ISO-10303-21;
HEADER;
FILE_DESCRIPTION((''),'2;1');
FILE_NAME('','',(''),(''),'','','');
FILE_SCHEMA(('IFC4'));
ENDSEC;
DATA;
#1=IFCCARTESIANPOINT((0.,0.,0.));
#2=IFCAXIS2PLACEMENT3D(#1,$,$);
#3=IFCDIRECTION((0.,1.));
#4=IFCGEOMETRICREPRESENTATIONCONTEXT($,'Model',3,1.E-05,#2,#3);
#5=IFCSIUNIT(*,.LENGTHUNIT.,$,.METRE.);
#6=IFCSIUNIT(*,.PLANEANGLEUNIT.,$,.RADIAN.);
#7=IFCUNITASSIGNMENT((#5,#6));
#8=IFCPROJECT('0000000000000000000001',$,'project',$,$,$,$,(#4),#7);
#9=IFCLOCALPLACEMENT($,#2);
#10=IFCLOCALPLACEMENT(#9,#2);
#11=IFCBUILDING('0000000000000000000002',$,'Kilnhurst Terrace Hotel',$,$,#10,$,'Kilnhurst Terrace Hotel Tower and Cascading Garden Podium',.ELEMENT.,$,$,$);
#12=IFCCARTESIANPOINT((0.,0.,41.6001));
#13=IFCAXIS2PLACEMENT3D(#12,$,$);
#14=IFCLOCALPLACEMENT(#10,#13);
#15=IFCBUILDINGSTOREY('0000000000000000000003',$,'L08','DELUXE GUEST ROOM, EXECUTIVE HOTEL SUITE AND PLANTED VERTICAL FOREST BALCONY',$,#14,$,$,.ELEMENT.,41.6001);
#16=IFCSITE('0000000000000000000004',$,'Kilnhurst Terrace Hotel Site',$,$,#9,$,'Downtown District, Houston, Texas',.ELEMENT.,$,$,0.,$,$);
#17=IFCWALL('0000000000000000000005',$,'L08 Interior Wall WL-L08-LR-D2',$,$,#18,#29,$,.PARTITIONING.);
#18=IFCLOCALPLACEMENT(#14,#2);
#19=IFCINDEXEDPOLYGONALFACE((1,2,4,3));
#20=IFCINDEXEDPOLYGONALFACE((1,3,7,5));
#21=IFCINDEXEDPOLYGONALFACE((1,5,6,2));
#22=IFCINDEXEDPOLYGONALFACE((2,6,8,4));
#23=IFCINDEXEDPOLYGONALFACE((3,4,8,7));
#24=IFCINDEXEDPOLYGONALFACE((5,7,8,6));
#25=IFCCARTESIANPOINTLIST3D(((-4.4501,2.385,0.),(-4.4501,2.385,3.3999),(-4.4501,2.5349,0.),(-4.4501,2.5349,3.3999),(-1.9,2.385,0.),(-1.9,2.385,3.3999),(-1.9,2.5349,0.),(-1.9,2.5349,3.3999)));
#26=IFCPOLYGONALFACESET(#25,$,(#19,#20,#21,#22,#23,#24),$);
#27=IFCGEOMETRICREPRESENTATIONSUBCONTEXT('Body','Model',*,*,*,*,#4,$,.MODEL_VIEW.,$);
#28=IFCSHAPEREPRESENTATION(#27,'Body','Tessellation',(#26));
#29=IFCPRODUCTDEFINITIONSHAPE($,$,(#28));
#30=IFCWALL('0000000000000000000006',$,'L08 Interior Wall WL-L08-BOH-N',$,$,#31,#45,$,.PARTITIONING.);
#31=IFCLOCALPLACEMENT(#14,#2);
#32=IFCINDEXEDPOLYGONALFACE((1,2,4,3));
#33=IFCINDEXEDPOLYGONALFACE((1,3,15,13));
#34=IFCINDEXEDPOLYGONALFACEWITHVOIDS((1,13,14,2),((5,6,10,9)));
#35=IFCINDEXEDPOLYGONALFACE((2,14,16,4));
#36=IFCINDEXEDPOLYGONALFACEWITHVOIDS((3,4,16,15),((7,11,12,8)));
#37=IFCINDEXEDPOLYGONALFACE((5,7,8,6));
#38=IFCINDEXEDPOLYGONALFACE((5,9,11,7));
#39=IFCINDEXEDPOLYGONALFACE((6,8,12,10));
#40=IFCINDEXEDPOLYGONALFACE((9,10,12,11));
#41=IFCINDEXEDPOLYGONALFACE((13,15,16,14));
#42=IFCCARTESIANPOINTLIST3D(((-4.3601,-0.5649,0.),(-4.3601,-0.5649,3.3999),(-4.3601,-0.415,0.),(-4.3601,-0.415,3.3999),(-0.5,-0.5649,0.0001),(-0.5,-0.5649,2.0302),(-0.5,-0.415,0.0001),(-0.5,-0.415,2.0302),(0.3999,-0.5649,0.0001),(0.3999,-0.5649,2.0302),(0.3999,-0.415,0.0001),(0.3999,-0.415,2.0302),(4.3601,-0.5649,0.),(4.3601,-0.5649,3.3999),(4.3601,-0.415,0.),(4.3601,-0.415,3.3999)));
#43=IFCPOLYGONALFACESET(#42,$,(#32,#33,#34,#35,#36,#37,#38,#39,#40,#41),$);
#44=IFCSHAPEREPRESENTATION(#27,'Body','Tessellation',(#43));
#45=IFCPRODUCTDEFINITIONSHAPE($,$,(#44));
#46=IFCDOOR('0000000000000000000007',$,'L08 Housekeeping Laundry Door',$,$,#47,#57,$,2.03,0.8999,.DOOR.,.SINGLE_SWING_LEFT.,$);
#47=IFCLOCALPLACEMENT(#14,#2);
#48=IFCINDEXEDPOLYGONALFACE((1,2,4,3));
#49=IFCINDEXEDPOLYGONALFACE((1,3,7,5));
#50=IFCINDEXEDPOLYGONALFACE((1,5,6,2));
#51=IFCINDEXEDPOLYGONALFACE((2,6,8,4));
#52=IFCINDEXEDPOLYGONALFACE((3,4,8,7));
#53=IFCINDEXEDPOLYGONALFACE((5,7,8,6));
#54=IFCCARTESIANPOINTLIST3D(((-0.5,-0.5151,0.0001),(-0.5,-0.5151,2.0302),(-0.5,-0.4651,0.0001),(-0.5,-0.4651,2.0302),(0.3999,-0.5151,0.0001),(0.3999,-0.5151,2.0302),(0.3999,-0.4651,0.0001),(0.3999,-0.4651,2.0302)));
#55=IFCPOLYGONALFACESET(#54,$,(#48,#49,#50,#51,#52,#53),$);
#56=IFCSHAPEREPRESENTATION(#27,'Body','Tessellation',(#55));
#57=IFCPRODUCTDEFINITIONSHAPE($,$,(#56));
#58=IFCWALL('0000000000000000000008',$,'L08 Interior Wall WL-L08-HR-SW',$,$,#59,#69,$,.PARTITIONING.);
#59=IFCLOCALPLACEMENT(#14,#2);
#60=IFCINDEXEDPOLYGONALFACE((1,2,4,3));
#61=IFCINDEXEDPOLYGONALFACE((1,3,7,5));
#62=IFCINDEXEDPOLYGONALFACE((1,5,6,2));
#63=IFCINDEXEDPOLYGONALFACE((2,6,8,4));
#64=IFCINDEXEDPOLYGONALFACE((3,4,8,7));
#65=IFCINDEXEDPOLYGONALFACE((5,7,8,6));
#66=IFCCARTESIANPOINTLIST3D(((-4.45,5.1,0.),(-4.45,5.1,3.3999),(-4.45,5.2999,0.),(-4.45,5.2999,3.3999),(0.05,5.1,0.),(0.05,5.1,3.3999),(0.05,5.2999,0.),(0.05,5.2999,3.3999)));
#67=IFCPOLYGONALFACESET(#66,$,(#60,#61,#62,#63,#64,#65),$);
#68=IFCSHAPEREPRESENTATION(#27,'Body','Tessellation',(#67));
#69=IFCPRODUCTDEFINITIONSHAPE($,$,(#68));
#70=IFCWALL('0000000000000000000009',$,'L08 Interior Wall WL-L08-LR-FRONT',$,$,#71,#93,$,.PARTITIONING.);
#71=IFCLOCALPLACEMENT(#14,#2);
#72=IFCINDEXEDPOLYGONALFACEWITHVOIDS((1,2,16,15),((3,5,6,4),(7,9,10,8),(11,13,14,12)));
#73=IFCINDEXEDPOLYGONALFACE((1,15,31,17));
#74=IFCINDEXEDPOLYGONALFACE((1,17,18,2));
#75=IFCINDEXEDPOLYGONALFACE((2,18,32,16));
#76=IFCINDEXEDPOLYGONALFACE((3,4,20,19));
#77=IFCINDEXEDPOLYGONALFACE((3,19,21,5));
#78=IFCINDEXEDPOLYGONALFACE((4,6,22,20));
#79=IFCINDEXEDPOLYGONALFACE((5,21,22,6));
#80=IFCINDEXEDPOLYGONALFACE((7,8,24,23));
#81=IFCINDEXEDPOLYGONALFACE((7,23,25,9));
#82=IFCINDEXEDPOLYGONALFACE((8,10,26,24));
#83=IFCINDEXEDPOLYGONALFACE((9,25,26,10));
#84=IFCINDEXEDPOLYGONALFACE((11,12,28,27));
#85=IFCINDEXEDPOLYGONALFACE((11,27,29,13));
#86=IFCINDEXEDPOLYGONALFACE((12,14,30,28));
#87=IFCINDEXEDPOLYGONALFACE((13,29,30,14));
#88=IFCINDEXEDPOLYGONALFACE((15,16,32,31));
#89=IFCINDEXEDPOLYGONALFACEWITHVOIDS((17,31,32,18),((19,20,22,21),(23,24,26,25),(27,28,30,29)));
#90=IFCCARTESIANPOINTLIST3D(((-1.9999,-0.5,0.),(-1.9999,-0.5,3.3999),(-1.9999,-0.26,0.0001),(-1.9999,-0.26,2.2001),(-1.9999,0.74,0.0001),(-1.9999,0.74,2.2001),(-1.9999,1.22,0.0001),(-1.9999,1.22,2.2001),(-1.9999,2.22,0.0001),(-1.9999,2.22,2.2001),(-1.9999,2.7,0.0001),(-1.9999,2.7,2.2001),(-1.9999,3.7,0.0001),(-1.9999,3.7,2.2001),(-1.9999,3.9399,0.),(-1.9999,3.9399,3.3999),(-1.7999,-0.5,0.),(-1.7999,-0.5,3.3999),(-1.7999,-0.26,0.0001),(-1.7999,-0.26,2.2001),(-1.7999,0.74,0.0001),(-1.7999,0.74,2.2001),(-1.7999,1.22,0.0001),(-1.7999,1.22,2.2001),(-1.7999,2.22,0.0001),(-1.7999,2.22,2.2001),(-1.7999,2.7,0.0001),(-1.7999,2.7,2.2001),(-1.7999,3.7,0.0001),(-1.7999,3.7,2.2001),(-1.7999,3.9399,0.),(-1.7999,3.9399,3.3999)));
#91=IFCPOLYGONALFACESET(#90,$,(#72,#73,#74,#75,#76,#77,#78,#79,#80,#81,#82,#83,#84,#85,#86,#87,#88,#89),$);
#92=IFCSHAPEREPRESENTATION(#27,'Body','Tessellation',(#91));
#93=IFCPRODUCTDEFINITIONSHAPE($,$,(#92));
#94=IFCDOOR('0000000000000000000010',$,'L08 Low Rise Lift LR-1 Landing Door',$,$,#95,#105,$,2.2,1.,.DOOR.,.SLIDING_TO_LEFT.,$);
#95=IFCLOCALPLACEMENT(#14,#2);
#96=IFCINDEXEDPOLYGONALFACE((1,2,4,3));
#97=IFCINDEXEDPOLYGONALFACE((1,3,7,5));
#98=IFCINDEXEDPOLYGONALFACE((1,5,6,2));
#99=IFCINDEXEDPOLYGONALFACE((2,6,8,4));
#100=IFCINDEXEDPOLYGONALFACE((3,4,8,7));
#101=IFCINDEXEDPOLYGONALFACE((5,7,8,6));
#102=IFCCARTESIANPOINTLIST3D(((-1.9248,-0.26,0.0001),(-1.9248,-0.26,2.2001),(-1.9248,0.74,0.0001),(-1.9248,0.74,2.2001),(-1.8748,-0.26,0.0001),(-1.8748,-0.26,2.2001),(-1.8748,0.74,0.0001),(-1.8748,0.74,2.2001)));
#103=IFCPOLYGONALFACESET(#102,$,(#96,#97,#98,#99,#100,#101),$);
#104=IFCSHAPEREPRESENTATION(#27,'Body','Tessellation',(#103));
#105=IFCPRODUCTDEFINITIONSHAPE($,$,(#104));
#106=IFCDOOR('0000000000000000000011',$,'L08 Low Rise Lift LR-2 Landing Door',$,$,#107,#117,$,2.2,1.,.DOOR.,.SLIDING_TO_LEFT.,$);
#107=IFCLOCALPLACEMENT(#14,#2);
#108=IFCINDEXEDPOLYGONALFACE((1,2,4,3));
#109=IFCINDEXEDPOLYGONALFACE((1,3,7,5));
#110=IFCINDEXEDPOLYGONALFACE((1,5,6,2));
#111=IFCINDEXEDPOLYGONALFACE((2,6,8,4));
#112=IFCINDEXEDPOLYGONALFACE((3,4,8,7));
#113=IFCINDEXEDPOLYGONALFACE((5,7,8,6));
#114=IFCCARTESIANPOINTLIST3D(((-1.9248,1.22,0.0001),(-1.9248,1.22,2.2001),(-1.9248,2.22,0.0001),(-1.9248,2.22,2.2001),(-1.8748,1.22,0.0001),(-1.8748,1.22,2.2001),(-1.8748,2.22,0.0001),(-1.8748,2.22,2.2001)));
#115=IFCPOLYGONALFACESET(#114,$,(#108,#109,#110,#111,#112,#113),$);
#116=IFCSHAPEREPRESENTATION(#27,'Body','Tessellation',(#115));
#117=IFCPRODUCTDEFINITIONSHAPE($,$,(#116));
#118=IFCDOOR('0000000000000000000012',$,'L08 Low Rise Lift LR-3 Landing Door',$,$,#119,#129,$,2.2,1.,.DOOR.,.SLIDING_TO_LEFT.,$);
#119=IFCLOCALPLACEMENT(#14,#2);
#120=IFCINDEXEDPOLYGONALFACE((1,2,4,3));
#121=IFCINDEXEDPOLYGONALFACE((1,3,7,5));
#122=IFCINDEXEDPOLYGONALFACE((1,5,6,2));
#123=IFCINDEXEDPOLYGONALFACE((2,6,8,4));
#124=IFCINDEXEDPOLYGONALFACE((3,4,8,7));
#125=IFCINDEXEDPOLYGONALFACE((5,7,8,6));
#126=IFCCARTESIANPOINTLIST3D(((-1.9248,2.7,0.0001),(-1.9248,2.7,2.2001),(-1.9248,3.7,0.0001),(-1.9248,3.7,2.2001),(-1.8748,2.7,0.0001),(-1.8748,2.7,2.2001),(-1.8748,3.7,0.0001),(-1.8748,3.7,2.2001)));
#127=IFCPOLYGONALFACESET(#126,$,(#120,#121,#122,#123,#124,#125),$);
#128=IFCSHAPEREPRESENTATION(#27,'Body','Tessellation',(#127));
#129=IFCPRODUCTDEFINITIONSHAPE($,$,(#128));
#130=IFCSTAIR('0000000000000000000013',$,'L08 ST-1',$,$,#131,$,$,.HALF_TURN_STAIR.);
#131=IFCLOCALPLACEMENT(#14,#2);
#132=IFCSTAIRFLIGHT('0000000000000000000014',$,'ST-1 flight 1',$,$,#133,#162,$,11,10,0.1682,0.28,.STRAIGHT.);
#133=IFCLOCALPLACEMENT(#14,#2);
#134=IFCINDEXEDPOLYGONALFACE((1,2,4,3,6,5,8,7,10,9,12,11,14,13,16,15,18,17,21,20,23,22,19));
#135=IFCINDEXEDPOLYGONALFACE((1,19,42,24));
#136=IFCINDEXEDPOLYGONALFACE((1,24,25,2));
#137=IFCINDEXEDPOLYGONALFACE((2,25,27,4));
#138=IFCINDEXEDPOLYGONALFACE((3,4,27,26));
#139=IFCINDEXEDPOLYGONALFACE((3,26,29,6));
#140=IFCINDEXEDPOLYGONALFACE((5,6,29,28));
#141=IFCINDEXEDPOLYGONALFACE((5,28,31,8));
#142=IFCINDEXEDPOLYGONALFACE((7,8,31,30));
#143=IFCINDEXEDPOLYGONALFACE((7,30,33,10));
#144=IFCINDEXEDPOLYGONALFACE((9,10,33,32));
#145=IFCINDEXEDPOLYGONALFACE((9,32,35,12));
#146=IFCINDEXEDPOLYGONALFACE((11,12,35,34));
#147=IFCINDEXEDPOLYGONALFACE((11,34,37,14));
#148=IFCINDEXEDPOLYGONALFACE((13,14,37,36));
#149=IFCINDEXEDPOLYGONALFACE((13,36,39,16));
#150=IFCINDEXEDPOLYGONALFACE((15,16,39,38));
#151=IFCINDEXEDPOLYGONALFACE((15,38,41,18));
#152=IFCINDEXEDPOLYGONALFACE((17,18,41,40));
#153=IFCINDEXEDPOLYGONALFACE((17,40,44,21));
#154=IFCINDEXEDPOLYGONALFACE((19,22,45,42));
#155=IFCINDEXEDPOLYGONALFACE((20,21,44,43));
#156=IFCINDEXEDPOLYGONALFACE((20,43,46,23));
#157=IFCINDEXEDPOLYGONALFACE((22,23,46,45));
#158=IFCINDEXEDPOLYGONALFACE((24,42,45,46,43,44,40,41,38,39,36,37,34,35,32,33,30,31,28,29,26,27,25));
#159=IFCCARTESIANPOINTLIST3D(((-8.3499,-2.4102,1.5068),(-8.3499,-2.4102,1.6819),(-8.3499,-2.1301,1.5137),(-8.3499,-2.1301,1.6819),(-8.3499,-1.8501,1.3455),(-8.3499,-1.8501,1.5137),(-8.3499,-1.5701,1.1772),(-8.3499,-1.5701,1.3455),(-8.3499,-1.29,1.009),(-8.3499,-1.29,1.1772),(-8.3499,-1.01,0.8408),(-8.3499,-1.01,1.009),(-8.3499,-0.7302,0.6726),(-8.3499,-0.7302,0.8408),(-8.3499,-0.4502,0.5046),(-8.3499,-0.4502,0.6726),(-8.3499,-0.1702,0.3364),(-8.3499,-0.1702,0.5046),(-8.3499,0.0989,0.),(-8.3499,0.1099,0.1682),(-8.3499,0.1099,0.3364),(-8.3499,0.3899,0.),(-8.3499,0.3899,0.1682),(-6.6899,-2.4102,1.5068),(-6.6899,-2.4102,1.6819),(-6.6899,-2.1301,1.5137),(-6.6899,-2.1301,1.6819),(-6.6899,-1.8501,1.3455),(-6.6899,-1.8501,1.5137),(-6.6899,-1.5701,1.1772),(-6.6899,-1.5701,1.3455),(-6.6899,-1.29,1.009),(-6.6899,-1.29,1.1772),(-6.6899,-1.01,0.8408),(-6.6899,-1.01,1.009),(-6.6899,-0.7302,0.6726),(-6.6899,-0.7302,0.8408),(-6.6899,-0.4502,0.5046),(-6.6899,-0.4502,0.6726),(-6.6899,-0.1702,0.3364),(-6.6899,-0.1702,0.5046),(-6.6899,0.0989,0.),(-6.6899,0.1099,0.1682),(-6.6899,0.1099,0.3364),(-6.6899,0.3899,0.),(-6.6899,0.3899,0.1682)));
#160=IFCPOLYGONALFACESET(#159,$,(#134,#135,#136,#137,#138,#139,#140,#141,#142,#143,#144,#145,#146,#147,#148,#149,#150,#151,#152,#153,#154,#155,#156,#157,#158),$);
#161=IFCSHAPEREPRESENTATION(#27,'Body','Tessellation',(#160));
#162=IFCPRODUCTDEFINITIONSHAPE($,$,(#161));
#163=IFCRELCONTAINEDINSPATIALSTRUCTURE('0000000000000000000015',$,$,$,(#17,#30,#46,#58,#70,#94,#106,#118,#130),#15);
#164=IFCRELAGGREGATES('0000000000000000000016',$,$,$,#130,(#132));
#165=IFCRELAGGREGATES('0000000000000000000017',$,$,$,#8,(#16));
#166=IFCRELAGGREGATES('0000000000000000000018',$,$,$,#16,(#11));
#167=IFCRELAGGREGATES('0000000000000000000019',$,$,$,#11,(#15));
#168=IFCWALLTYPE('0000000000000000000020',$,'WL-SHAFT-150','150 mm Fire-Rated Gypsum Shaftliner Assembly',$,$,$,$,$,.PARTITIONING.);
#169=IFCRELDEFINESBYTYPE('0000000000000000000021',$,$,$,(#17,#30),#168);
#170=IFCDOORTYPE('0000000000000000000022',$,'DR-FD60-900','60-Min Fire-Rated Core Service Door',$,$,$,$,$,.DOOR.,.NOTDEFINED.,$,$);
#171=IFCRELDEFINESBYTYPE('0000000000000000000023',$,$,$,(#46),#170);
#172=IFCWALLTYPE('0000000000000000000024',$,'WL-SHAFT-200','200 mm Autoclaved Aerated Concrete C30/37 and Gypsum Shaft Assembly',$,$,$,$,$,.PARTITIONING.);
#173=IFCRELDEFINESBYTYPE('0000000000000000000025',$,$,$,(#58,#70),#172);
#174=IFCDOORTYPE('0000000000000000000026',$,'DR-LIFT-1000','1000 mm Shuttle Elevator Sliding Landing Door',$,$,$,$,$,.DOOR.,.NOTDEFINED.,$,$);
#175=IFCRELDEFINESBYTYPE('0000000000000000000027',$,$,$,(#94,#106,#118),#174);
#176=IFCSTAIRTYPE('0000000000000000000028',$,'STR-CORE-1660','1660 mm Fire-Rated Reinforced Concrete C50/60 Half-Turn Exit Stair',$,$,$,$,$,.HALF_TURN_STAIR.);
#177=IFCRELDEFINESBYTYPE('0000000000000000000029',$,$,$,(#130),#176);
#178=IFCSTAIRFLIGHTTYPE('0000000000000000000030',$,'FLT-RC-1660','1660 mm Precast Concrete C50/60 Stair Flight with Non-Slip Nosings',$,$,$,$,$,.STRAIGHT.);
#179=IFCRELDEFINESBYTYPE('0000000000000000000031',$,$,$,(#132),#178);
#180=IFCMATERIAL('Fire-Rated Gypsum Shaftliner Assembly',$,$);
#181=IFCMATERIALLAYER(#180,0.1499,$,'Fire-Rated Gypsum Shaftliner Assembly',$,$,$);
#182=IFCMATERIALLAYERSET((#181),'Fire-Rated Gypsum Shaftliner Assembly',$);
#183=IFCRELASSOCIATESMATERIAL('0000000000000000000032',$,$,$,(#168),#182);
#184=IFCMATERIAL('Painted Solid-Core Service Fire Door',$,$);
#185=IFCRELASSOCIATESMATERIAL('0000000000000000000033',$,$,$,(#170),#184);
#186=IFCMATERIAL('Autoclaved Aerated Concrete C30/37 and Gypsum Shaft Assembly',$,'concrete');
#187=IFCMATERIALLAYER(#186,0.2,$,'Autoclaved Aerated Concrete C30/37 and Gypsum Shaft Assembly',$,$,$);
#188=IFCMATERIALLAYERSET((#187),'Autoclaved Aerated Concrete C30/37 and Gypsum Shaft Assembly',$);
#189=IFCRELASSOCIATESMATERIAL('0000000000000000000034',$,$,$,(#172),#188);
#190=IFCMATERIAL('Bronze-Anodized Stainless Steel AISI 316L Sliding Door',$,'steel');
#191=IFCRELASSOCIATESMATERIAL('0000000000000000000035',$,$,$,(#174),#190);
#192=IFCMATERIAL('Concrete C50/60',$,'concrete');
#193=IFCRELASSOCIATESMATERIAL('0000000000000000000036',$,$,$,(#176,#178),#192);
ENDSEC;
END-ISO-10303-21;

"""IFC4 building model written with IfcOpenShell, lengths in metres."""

from ifc_helpers import new_model, si_unit, direction, frame, frame_2d, origin, place, context, subcontext, project, spatial, polyline, rectangle, outline, extrude, material, layer, layer_set, type_object, element, fill, aggregate, save


model = new_model("IFC4")

# Units and contexts
model_context = context("Model", 3, precision=1e-05, world=origin(), true_north=direction((0.0, 1.0)))
body_context = subcontext(model_context, "Body", "Model", "MODEL_VIEW")
ifc_project = project(units=[si_unit("LENGTHUNIT", "METRE"), si_unit("PLANEANGLEUNIT", "RADIAN")], contexts=[model_context])

# Site, building, storey
site_placement = place(None, origin())
site = spatial("IfcSite", under=ifc_project, at=site_placement, Name="Kilnhurst Terrace Hotel Site", LongName="Downtown District, Houston, Texas", CompositionType="ELEMENT", RefElevation=0.0)
building_placement = place(site_placement, origin())
building = spatial("IfcBuilding", under=site, at=building_placement, Name="Kilnhurst Terrace Hotel", LongName="Kilnhurst Terrace Hotel Tower and Cascading Garden Podium", CompositionType="ELEMENT")
storey_placement = place(building_placement, frame((0.0, 0.0, 41.6001)))
storey = spatial("IfcBuildingStorey", under=building, at=storey_placement, Name="L08", Description="DELUXE GUEST ROOM, EXECUTIVE HOTEL SUITE AND PLANTED VERTICAL FOREST BALCONY", CompositionType="ELEMENT", Elevation=41.6001)

# Shared definitions
ifc_material_1 = material(Name="Concrete C50/60", Category="concrete")

# Wall
ifc_material_2 = material(Name="Fire-Rated Gypsum Shaftliner Assembly")
ifc_layer_1 = layer(ifc_material_2, 0.1499, Name="Fire-Rated Gypsum Shaftliner Assembly")
ifc_layer_set_1 = layer_set([ifc_layer_1], Name="Fire-Rated Gypsum Shaftliner Assembly")
wall_type_1 = type_object("IfcWallType", Name="WL-SHAFT-150", Description="150 mm Fire-Rated Gypsum Shaftliner Assembly", PredefinedType="PARTITIONING", material=ifc_layer_set_1)
for number, where, z_axis, x_axis, name in (
    (1, (-4.45, 2.46, 0.0), (0.0, 0.0, 1.0), (1.0, 0.0, 0.0), "L08 Interior Wall WL-L08-LR-D2"),
):
    element("IfcWall", number, at=place(storey_placement, frame(where, z_axis=z_axis, x_axis=x_axis)), inside=storey, type_object=wall_type_1, Name=name, PredefinedType="PARTITIONING", context=body_context, shape_type="SweptSolid", body=[
        extrude(rectangle(XDim=2.55, YDim=0.1499, at=frame_2d((1.2749, 0.0))), origin(), (0.0, 0.0, 1.0), 3.3999),
    ])

# Wall, opening, door
wall_1_placement = place(storey_placement, frame((-4.3601, -0.49, 0.0), z_axis=(0.0, 0.0, 1.0), x_axis=(1.0, 0.0, 0.0)))
wall_1 = element("IfcWall", 2, at=wall_1_placement, inside=storey, type_object=wall_type_1, Name="L08 Interior Wall WL-L08-BOH-N", PredefinedType="PARTITIONING", context=body_context, shape_type="SweptSolid", body=[
    extrude(rectangle(XDim=8.7202, YDim=0.1499, at=frame_2d((4.3601, 0.0))), origin(), (0.0, 0.0, 1.0), 3.3999),
])
opening_1_placement = place(wall_1_placement, frame((3.8601, 0.0, 0.0)))
opening_1 = element("IfcOpeningElement", 3, at=opening_1_placement, cuts=wall_1, PredefinedType="OPENING", context=body_context, shape_type="SweptSolid", body=[
    extrude(rectangle(XDim=0.8999, YDim=2.03, at=frame_2d((0.45, 1.0151))), frame((0.0, 0.085, 0.0), z_axis=(0.0, -1.0, 0.0), x_axis=(1.0, 0.0, 0.0)), (0.0, 0.0, 1.0), 0.1699),
])
ifc_material_3 = material(Name="Painted Solid-Core Service Fire Door")
door_type_1 = type_object("IfcDoorType", Name="DR-FD60-900", Description="60-Min Fire-Rated Core Service Door", OperationType="NOTDEFINED", PredefinedType="DOOR", material=ifc_material_3)
door_1_placement = place(opening_1_placement, origin())
door_1 = element("IfcDoor", 4, at=door_1_placement, inside=storey, type_object=door_type_1, Name="L08 Housekeeping Laundry Door", OperationType="SINGLE_SWING_LEFT", OverallHeight=2.03, OverallWidth=0.8999, PredefinedType="DOOR", context=body_context, shape_type="SweptSolid", body=[
    extrude(rectangle(XDim=0.8999, YDim=2.03, at=frame_2d((0.45, 1.0151))), frame((0.0, 0.0249, 0.0), z_axis=(0.0, -1.0, 0.0), x_axis=(1.0, 0.0, 0.0)), (0.0, 0.0, 1.0), 0.05),
])
fill(opening_1, door_1)

# Wall
ifc_material_4 = material(Name="Autoclaved Aerated Concrete C30/37 and Gypsum Shaft Assembly", Category="concrete")
ifc_layer_2 = layer(ifc_material_4, 0.2, Name="Autoclaved Aerated Concrete C30/37 and Gypsum Shaft Assembly")
ifc_layer_set_2 = layer_set([ifc_layer_2], Name="Autoclaved Aerated Concrete C30/37 and Gypsum Shaft Assembly")
wall_type_2 = type_object("IfcWallType", Name="WL-SHAFT-200", Description="200 mm Autoclaved Aerated Concrete C30/37 and Gypsum Shaft Assembly", PredefinedType="PARTITIONING", material=ifc_layer_set_2)
wall_2_placement = place(storey_placement, frame((-4.45, 5.2, 0.0), z_axis=(0.0, 0.0, 1.0), x_axis=(1.0, 0.0, 0.0)))
element("IfcWall", 5, at=wall_2_placement, inside=storey, type_object=wall_type_2, Name="L08 Interior Wall WL-L08-HR-SW", PredefinedType="PARTITIONING", context=body_context, shape_type="SweptSolid", body=[
    extrude(rectangle(XDim=4.5, YDim=0.2, at=frame_2d((2.25, 0.0))), origin(), (0.0, 0.0, 1.0), 3.3999),
])

# Wall, openings, doors
wall_3_placement = place(storey_placement, frame((-1.8999, -0.5, 0.0), z_axis=(0.0, 0.0, 1.0), x_axis=(0.0, 1.0, 0.0)))
wall_3 = element("IfcWall", 6, at=wall_3_placement, inside=storey, type_object=wall_type_2, Name="L08 Interior Wall WL-L08-LR-FRONT", PredefinedType="PARTITIONING", context=body_context, shape_type="SweptSolid", body=[
    extrude(rectangle(XDim=4.4399, YDim=0.2, at=frame_2d((2.22, 0.0))), origin(), (0.0, 0.0, 1.0), 3.3999),
])
opening_2_placement = place(wall_3_placement, frame((0.24, 0.0, 0.0)))
opening_2 = element("IfcOpeningElement", 7, at=opening_2_placement, cuts=wall_3, PredefinedType="OPENING", context=body_context, shape_type="SweptSolid", body=[
    extrude(rectangle(XDim=1.0, YDim=2.2, at=frame_2d((0.5, 1.1001))), frame((0.0, 0.1099, 0.0), z_axis=(0.0, -1.0, 0.0), x_axis=(1.0, 0.0, 0.0)), (0.0, 0.0, 1.0), 0.22),
])
opening_3_placement = place(wall_3_placement, frame((1.72, 0.0, 0.0)))
opening_3 = element("IfcOpeningElement", 8, at=opening_3_placement, cuts=wall_3, PredefinedType="OPENING", context=body_context, shape_type="SweptSolid", body=[
    extrude(rectangle(XDim=1.0, YDim=2.2, at=frame_2d((0.5, 1.1001))), frame((0.0, 0.1099, 0.0), z_axis=(0.0, -1.0, 0.0), x_axis=(1.0, 0.0, 0.0)), (0.0, 0.0, 1.0), 0.22),
])
opening_4_placement = place(wall_3_placement, frame((3.2, 0.0, 0.0)))
opening_4 = element("IfcOpeningElement", 9, at=opening_4_placement, cuts=wall_3, PredefinedType="OPENING", context=body_context, shape_type="SweptSolid", body=[
    extrude(rectangle(XDim=1.0, YDim=2.2, at=frame_2d((0.5, 1.1001))), frame((0.0, 0.1099, 0.0), z_axis=(0.0, -1.0, 0.0), x_axis=(1.0, 0.0, 0.0)), (0.0, 0.0, 1.0), 0.22),
])
ifc_material_5 = material(Name="Bronze-Anodized Stainless Steel AISI 316L Sliding Door", Category="steel")
door_type_2 = type_object("IfcDoorType", Name="DR-LIFT-1000", Description="1000 mm Shuttle Elevator Sliding Landing Door", OperationType="NOTDEFINED", PredefinedType="DOOR", material=ifc_material_5)
door_2_placement = place(opening_2_placement, origin())
door_2 = element("IfcDoor", 10, at=door_2_placement, inside=storey, type_object=door_type_2, Name="L08 Low Rise Lift LR-1 Landing Door", OperationType="SLIDING_TO_LEFT", OverallHeight=2.2, OverallWidth=1.0, PredefinedType="DOOR", context=body_context, shape_type="SweptSolid", body=[
    extrude(rectangle(XDim=1.0, YDim=2.2, at=frame_2d((0.5, 1.1001))), frame((0.0, 0.0249, 0.0), z_axis=(0.0, -1.0, 0.0), x_axis=(1.0, 0.0, 0.0)), (0.0, 0.0, 1.0), 0.05),
])
fill(opening_2, door_2)
door_3_placement = place(opening_3_placement, origin())
door_3 = element("IfcDoor", 11, at=door_3_placement, inside=storey, type_object=door_type_2, Name="L08 Low Rise Lift LR-2 Landing Door", OperationType="SLIDING_TO_LEFT", OverallHeight=2.2, OverallWidth=1.0, PredefinedType="DOOR", context=body_context, shape_type="SweptSolid", body=[
    extrude(rectangle(XDim=1.0, YDim=2.2, at=frame_2d((0.5, 1.1001))), frame((0.0, 0.0249, 0.0), z_axis=(0.0, -1.0, 0.0), x_axis=(1.0, 0.0, 0.0)), (0.0, 0.0, 1.0), 0.05),
])
fill(opening_3, door_3)
door_4_placement = place(opening_4_placement, origin())
door_4 = element("IfcDoor", 12, at=door_4_placement, inside=storey, type_object=door_type_2, Name="L08 Low Rise Lift LR-3 Landing Door", OperationType="SLIDING_TO_LEFT", OverallHeight=2.2, OverallWidth=1.0, PredefinedType="DOOR", context=body_context, shape_type="SweptSolid", body=[
    extrude(rectangle(XDim=1.0, YDim=2.2, at=frame_2d((0.5, 1.1001))), frame((0.0, 0.0249, 0.0), z_axis=(0.0, -1.0, 0.0), x_axis=(1.0, 0.0, 0.0)), (0.0, 0.0, 1.0), 0.05),
])
fill(opening_4, door_4)

# Stair, stair flight
stair_type = type_object("IfcStairType", Name="STR-CORE-1660", Description="1660 mm Fire-Rated Reinforced Concrete C50/60 Half-Turn Exit Stair", PredefinedType="HALF_TURN_STAIR", material=ifc_material_1)
stair_placement = place(storey_placement, origin())
stair = element("IfcStair", 13, at=stair_placement, inside=storey, type_object=stair_type, Name="L08 ST-1", PredefinedType="HALF_TURN_STAIR")
stair_flight_type = type_object("IfcStairFlightType", Name="FLT-RC-1660", Description="1660 mm Precast Concrete C50/60 Stair Flight with Non-Slip Nosings", PredefinedType="STRAIGHT", material=ifc_material_1)
stair_flight_placement = place(storey_placement, frame((-7.52, 0.3899, 0.0), z_axis=(0.0, 0.0, 1.0), x_axis=(0.0, -1.0, 0.0)))
stair_flight = element("IfcStairFlight", 14, at=stair_flight_placement, type_object=stair_flight_type, Name="ST-1 flight 1", NumberOfRisers=11, NumberOfTreads=10, PredefinedType="STRAIGHT", RiserHeight=0.1682, TreadLength=0.28, context=body_context, shape_type="SweptSolid", body=[
    extrude(outline(polyline([(0.0, 0.0), (0.0, 0.1682), (0.28, 0.1682), (0.28, 0.3364), (0.5601, 0.3364), (0.5601, 0.5046), (0.8401, 0.5046), (0.8401, 0.6726), (1.1201, 0.6726), (1.1201, 0.8408), (1.3999, 0.8408), (1.3999, 1.009), (1.6799, 1.009), (1.6799, 1.1772), (1.96, 1.1772), (1.96, 1.3455), (2.24, 1.3455), (2.24, 1.5137), (2.52, 1.5137), (2.52, 1.6819), (2.8, 1.6819), (2.8, 1.8501), (2.8, 1.5068), (0.291, 0.0), (0.0, 0.0)])), frame((0.0, 0.8301, 0.0), z_axis=(0.0, -1.0, 0.0), x_axis=(1.0, 0.0, 0.0)), (0.0, 0.0, 1.0), 1.6599),
])
aggregate(stair, [stair_flight])

save(model, "model.ifc")
